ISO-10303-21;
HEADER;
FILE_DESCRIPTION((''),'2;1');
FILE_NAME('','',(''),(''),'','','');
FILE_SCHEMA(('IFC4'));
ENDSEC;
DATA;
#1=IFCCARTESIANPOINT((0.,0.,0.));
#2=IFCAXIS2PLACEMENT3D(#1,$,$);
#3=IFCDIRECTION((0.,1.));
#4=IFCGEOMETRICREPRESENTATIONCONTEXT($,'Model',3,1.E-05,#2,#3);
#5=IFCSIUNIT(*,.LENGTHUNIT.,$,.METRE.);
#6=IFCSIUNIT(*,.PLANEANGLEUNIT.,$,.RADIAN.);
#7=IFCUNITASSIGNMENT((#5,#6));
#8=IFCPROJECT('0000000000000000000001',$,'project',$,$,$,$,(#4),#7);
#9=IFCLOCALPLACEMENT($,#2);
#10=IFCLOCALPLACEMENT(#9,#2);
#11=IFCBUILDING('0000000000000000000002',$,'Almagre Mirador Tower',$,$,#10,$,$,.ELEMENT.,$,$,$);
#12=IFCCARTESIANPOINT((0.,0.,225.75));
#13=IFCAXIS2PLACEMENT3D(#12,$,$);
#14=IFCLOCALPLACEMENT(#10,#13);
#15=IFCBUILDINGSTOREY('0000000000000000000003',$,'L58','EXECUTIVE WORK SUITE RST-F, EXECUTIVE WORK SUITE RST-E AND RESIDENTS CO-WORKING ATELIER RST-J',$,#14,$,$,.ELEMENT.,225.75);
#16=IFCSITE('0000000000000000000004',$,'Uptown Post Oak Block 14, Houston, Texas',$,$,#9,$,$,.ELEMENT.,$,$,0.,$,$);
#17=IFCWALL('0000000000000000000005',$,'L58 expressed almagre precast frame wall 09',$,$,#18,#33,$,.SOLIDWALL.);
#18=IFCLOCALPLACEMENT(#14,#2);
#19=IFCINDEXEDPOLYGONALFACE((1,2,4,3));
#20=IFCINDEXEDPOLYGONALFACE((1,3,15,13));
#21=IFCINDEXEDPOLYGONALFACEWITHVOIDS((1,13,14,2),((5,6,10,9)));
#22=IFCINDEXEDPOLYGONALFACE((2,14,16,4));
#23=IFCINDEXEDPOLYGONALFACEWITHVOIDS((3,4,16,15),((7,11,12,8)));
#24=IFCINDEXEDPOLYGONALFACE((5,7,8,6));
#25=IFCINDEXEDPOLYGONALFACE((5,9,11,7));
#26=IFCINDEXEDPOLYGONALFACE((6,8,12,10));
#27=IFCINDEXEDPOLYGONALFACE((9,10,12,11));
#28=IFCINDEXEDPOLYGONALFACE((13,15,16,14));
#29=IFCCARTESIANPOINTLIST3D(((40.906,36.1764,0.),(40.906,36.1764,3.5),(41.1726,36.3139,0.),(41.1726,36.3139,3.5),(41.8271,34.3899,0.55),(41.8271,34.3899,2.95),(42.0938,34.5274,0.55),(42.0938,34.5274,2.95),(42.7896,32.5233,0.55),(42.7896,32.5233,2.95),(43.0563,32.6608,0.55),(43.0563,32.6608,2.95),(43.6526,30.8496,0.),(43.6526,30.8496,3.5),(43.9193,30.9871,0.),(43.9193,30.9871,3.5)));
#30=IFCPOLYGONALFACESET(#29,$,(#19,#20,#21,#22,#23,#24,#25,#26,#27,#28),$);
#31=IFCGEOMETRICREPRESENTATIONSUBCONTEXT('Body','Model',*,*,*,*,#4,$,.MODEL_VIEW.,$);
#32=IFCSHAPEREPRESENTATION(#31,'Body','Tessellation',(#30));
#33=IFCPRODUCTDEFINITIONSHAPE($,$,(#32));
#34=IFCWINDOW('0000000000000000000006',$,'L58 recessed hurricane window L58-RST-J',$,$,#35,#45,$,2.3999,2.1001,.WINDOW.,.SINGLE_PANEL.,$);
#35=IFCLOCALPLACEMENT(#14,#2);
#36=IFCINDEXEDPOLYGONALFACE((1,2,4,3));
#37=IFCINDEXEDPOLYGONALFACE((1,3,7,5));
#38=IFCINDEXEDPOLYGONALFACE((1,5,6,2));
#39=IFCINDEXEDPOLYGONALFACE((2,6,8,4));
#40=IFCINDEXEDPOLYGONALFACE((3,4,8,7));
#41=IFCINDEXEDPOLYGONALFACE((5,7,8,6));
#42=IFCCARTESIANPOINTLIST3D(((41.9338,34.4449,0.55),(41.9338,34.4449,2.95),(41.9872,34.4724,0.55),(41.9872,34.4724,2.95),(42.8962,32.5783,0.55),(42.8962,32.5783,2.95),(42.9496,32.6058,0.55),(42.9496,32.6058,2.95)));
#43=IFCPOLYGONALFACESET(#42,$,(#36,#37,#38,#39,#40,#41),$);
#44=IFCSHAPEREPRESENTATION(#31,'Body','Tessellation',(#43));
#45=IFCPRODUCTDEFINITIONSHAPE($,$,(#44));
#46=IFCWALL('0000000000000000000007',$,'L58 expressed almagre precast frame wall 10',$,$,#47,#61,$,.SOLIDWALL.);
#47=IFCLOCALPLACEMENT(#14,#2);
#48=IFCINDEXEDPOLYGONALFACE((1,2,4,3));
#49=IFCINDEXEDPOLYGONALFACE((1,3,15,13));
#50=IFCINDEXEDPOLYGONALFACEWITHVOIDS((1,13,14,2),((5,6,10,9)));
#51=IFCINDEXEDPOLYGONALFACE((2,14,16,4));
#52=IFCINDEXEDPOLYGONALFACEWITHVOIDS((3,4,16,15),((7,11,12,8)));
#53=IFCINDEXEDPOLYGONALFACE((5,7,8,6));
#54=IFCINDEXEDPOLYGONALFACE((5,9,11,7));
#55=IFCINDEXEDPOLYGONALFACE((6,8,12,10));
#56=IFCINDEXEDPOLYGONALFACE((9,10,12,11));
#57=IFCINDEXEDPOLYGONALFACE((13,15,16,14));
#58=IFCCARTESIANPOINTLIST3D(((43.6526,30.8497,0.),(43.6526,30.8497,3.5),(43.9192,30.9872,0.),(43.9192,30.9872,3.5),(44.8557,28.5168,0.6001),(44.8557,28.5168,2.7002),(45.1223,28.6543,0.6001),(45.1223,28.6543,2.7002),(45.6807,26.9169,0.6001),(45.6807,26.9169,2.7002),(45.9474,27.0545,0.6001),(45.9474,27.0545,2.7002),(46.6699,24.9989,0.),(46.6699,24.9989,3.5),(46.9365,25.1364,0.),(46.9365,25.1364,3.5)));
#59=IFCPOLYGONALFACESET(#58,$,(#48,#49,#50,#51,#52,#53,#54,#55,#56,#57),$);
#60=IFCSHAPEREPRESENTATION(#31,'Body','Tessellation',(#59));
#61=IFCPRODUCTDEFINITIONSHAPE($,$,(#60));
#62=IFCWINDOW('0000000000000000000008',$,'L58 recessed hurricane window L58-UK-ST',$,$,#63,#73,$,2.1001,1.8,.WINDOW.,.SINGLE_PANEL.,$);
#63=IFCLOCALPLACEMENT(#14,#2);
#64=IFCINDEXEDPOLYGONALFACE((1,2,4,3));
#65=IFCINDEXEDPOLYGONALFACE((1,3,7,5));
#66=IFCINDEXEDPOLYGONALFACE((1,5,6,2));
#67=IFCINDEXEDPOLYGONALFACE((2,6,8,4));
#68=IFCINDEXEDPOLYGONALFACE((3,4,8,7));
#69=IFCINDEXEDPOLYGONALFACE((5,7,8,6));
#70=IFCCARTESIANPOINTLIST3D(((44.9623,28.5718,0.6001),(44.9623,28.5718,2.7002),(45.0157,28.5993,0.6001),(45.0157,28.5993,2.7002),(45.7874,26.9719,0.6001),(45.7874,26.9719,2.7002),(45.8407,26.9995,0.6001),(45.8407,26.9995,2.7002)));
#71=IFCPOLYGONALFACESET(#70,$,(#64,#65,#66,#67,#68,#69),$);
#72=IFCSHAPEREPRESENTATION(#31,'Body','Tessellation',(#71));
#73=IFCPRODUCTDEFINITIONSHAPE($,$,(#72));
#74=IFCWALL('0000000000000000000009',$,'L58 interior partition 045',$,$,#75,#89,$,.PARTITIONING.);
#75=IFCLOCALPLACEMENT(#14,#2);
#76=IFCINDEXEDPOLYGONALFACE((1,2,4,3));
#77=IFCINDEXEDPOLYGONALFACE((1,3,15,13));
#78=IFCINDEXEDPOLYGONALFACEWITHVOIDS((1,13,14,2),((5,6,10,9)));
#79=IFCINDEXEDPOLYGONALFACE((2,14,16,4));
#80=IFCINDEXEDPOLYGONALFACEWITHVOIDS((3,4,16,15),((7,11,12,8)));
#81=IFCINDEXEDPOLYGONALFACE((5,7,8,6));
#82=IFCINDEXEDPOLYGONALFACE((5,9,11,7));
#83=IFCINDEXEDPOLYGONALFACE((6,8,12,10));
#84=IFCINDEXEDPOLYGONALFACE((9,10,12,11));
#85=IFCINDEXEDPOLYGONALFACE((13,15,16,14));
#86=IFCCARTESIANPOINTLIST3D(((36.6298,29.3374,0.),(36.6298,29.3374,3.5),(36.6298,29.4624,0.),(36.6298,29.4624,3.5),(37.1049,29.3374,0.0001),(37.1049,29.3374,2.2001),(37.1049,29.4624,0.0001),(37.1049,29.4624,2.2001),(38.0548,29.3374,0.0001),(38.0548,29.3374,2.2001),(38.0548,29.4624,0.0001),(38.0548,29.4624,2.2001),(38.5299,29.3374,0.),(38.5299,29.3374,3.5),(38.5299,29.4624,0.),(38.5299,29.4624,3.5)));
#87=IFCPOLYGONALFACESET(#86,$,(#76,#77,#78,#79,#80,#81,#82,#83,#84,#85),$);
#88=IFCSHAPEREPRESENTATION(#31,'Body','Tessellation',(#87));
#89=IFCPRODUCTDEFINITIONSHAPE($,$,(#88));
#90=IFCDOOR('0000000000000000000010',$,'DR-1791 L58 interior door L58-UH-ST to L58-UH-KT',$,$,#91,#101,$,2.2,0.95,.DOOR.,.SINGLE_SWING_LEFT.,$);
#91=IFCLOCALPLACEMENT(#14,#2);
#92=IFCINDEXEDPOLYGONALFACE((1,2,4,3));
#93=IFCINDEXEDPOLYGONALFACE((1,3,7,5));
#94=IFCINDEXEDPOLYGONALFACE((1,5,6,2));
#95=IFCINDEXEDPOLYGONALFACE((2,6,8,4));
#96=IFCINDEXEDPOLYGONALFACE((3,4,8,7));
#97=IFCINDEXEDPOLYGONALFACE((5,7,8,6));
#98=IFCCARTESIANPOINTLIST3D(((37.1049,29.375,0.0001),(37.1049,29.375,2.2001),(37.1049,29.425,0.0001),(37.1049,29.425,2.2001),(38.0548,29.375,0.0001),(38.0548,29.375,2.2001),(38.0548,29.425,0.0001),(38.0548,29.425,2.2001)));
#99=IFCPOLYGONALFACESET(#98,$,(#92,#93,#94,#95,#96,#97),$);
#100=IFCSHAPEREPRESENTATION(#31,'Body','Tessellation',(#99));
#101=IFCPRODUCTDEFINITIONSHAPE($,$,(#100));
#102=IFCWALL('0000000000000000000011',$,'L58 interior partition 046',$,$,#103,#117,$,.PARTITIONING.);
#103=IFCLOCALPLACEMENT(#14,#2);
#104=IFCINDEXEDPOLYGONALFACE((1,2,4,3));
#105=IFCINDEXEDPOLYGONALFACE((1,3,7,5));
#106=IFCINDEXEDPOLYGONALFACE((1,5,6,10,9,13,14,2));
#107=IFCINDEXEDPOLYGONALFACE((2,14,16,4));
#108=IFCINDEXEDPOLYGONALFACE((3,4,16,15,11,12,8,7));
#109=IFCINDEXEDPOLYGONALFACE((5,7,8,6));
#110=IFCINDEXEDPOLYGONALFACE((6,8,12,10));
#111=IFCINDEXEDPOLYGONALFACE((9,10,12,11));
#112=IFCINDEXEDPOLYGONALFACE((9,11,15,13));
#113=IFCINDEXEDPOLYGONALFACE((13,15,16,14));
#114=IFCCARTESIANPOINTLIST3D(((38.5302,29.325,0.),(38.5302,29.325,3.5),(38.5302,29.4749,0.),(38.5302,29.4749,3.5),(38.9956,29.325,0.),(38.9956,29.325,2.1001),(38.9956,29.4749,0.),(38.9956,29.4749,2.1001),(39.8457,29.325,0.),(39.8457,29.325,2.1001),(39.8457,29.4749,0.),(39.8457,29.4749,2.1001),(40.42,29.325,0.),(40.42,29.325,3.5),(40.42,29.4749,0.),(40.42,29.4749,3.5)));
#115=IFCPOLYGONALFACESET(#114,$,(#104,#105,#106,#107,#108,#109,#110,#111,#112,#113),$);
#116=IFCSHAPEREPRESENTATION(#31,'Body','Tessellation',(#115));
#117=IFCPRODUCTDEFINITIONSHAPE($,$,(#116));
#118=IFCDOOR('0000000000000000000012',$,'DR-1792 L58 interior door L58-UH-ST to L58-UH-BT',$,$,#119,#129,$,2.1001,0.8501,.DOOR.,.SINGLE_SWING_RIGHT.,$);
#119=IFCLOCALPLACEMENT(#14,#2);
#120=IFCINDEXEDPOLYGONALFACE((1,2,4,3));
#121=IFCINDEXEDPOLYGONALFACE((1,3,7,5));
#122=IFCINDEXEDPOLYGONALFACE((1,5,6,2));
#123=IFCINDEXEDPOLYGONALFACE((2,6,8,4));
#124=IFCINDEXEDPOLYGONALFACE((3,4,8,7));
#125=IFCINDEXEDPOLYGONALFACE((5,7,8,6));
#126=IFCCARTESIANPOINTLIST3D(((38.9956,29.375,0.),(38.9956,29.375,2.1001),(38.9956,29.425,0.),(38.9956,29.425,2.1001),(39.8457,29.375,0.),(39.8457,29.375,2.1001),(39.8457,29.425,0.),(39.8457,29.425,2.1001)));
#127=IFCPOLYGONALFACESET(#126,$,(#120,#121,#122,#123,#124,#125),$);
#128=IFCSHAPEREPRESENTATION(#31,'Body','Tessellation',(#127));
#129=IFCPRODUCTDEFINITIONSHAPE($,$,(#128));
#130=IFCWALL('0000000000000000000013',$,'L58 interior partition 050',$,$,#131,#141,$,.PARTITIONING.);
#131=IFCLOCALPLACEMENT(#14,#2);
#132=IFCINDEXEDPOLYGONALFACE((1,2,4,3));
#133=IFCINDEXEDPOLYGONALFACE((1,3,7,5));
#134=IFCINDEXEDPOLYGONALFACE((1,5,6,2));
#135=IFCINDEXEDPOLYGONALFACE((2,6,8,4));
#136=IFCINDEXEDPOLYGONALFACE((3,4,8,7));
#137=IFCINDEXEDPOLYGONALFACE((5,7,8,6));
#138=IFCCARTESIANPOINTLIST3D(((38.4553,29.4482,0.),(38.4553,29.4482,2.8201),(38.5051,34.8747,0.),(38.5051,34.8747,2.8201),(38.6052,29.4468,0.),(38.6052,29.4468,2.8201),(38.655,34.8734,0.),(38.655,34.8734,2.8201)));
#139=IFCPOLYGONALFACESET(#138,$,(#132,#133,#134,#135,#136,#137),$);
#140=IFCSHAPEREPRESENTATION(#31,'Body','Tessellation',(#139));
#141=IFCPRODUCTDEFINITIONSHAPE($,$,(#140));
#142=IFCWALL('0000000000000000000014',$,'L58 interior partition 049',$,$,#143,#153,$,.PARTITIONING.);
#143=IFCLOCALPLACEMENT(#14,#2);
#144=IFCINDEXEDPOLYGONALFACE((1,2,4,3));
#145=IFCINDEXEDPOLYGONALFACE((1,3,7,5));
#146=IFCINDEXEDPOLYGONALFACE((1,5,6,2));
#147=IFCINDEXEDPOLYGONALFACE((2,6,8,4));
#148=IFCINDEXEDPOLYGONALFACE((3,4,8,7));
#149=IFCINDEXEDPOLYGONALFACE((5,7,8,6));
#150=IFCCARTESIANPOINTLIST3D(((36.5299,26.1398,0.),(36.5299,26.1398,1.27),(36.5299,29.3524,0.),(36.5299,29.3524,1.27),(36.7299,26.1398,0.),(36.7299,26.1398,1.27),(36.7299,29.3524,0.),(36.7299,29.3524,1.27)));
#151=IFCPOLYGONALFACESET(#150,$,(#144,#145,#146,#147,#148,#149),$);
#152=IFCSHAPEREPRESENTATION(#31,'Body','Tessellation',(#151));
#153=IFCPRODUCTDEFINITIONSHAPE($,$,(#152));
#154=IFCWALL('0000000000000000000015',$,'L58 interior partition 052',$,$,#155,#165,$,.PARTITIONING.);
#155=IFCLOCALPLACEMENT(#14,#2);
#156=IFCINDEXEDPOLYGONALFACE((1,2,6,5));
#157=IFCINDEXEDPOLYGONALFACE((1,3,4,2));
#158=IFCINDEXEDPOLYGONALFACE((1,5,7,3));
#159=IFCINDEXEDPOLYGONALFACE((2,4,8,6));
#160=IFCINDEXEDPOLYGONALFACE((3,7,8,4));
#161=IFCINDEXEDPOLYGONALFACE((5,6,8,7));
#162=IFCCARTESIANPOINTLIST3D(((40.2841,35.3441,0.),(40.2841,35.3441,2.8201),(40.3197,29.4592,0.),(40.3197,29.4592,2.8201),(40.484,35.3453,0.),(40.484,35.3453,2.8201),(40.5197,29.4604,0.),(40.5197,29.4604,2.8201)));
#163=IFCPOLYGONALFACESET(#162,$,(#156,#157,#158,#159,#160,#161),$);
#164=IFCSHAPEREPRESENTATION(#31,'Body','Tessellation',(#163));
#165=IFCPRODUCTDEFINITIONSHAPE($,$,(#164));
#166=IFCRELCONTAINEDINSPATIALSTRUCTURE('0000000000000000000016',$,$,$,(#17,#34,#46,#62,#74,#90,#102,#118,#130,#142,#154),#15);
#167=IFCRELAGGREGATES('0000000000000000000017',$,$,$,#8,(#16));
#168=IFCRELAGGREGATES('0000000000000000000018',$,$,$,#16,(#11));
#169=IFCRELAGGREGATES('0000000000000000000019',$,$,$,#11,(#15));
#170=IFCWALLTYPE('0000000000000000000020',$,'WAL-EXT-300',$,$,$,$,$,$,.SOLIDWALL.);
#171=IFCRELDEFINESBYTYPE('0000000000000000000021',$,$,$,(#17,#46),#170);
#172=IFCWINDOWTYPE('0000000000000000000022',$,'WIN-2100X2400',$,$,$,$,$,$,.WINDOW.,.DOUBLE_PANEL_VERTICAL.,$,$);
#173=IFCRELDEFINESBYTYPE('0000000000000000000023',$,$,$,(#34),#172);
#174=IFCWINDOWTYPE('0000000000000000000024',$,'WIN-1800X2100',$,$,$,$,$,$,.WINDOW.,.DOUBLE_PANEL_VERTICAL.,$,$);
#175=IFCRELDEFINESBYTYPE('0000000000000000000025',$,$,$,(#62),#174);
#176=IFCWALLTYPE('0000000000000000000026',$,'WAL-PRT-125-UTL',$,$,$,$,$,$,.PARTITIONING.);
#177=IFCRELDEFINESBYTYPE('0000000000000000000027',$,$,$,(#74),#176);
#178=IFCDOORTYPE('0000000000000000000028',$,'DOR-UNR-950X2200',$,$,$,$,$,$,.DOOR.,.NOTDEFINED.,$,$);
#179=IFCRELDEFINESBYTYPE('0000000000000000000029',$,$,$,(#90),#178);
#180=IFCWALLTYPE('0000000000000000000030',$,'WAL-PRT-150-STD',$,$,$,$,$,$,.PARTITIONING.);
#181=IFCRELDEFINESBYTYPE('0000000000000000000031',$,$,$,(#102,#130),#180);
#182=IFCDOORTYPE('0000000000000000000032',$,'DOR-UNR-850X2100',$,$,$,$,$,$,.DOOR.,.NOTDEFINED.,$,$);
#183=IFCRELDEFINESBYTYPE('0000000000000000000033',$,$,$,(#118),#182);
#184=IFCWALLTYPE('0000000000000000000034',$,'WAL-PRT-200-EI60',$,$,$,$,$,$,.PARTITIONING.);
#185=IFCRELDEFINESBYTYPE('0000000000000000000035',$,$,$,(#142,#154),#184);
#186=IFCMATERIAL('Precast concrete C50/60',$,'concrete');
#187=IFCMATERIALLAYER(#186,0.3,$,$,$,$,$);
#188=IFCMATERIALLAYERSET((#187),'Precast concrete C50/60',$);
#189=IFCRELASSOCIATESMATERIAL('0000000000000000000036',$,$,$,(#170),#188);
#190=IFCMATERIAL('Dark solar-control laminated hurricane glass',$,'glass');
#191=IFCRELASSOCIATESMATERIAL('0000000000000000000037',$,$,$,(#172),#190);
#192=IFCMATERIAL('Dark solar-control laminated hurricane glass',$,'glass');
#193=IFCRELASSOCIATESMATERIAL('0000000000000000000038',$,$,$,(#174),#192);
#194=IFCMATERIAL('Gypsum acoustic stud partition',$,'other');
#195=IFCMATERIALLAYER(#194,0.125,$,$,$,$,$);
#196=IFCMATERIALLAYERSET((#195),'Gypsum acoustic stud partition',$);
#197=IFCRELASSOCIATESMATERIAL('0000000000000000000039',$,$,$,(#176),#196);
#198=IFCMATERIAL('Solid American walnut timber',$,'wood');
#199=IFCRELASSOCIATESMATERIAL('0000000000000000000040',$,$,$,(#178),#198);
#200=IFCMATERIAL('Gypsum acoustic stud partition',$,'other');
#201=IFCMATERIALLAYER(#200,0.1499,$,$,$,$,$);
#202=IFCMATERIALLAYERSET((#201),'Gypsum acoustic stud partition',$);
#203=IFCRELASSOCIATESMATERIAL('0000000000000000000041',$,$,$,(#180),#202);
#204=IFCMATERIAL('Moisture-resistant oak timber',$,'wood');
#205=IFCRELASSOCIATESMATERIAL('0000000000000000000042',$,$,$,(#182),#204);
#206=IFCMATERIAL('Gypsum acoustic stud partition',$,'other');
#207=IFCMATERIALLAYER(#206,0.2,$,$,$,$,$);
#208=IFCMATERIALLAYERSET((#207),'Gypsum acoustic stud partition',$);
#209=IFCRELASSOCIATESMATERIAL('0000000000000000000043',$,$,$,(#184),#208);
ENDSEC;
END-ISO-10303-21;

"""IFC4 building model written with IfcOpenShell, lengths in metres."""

from ifc_helpers import new_model, si_unit, direction, frame, frame_2d, origin, place, context, subcontext, project, spatial, rectangle, extrude, material, layer, layer_set, type_object, element, fill, save


model = new_model("IFC4")

# Units and contexts
model_context = context("Model", 3, precision=1e-05, world=origin(), true_north=direction((0.0, 1.0)))
body_context = subcontext(model_context, "Body", "Model", "MODEL_VIEW")
ifc_project = project(units=[si_unit("LENGTHUNIT", "METRE"), si_unit("PLANEANGLEUNIT", "RADIAN")], contexts=[model_context])

# Site, building, storey
site_placement = place(None, origin())
site = spatial("IfcSite", under=ifc_project, at=site_placement, Name="Uptown Post Oak Block 14, Houston, Texas", CompositionType="ELEMENT", RefElevation=0.0)
building_placement = place(site_placement, origin())
building = spatial("IfcBuilding", under=site, at=building_placement, Name="Almagre Mirador Tower", CompositionType="ELEMENT")
storey_placement = place(building_placement, frame((0.0, 0.0, 225.75)))
storey = spatial("IfcBuildingStorey", under=building, at=storey_placement, Name="L58", Description="EXECUTIVE WORK SUITE RST-F, EXECUTIVE WORK SUITE RST-E AND RESIDENTS CO-WORKING ATELIER RST-J", CompositionType="ELEMENT", Elevation=225.75)

# Shared definitions
ifc_material_1 = material(Name="Precast concrete C50/60", Category="concrete")
ifc_layer_1 = layer(ifc_material_1, 0.3)
ifc_layer_set_1 = layer_set([ifc_layer_1], Name="Precast concrete C50/60")
wall_type_1 = type_object("IfcWallType", Name="WAL-EXT-300", PredefinedType="SOLIDWALL", material=ifc_layer_set_1)

# Walls, openings, windows
wall_1_placement = place(storey_placement, frame((41.0393, 36.2451, 0.0), z_axis=(0.0, 0.0, 1.0), x_axis=(0.458292, -0.888802, 0.0)))
wall_1 = element("IfcWall", 1, at=wall_1_placement, inside=storey, type_object=wall_type_1, Name="L58 expressed almagre precast frame wall 09", PredefinedType="SOLIDWALL", context=body_context, shape_type="SweptSolid", body=[
    extrude(rectangle(XDim=5.9932, YDim=0.3, at=frame_2d((2.9966, 0.0))), origin(), (0.0, 0.0, 1.0), 3.5),
])
opening_1_placement = place(wall_1_placement, frame((2.01, 0.0, 0.55)))
opening_1 = element("IfcOpeningElement", 2, at=opening_1_placement, cuts=wall_1, PredefinedType="OPENING", context=body_context, shape_type="SweptSolid", body=[
    extrude(rectangle(XDim=2.1001, YDim=2.3999, at=frame_2d((1.05, 1.2))), frame((0.0, 0.1599, 0.0), z_axis=(0.0, -1.0, 0.0), x_axis=(1.0, 0.0, 0.0)), (0.0, 0.0, 1.0), 0.32),
])
ifc_material_2 = material(Name="Dark solar-control laminated hurricane glass", Category="glass")
window_type_1 = type_object("IfcWindowType", Name="WIN-2100X2400", PartitioningType="DOUBLE_PANEL_VERTICAL", PredefinedType="WINDOW", material=ifc_material_2)
window_1_placement = place(opening_1_placement, origin())
window_1 = element("IfcWindow", 3, at=window_1_placement, inside=storey, type_object=window_type_1, Name="L58 recessed hurricane window L58-RST-J", OverallHeight=2.3999, OverallWidth=2.1001, PartitioningType="SINGLE_PANEL", PredefinedType="WINDOW", context=body_context, shape_type="SweptSolid", body=[
    extrude(rectangle(XDim=2.1001, YDim=2.3999, at=frame_2d((1.05, 1.2))), frame((0.0, 0.03, 0.0), z_axis=(0.0, -1.0, 0.0), x_axis=(1.0, 0.0, 0.0)), (0.0, 0.0, 1.0), 0.0601),
])
fill(opening_1, window_1)
wall_2_placement = place(storey_placement, frame((43.7859, 30.9185, 0.0), z_axis=(0.0, 0.0, 1.0), x_axis=(0.458349, -0.888772, 0.0)))
wall_2 = element("IfcWall", 4, at=wall_2_placement, inside=storey, type_object=wall_type_1, Name="L58 expressed almagre precast frame wall 10", PredefinedType="SOLIDWALL", context=body_context, shape_type="SweptSolid", body=[
    extrude(rectangle(XDim=6.583, YDim=0.3, at=frame_2d((3.2915, 0.0))), origin(), (0.0, 0.0, 1.0), 3.5),
])
opening_2_placement = place(wall_2_placement, frame((2.625, 0.0, 0.6001)))
opening_2 = element("IfcOpeningElement", 5, at=opening_2_placement, cuts=wall_2, PredefinedType="OPENING", context=body_context, shape_type="SweptSolid", body=[
    extrude(rectangle(XDim=1.8, YDim=2.1001, at=frame_2d((0.8999, 1.05))), frame((0.0, 0.1599, 0.0), z_axis=(0.0, -1.0, 0.0), x_axis=(1.0, 0.0, 0.0)), (0.0, 0.0, 1.0), 0.32),
])
ifc_material_3 = material(Name="Dark solar-control laminated hurricane glass", Category="glass")
window_type_2 = type_object("IfcWindowType", Name="WIN-1800X2100", PartitioningType="DOUBLE_PANEL_VERTICAL", PredefinedType="WINDOW", material=ifc_material_3)
window_2_placement = place(opening_2_placement, origin())
window_2 = element("IfcWindow", 6, at=window_2_placement, inside=storey, type_object=window_type_2, Name="L58 recessed hurricane window L58-UK-ST", OverallHeight=2.1001, OverallWidth=1.8, PartitioningType="SINGLE_PANEL", PredefinedType="WINDOW", context=body_context, shape_type="SweptSolid", body=[
    extrude(rectangle(XDim=1.8, YDim=2.1001, at=frame_2d((0.8999, 1.05))), frame((0.0, 0.03, 0.0), z_axis=(0.0, -1.0, 0.0), x_axis=(1.0, 0.0, 0.0)), (0.0, 0.0, 1.0), 0.0601),
])
fill(opening_2, window_2)

# Walls, openings, doors
ifc_material_4 = material(Name="Gypsum acoustic stud partition", Category="other")
ifc_layer_2 = layer(ifc_material_4, 0.125)
ifc_layer_set_2 = layer_set([ifc_layer_2], Name="Gypsum acoustic stud partition")
wall_type_2 = type_object("IfcWallType", Name="WAL-PRT-125-UTL", PredefinedType="PARTITIONING", material=ifc_layer_set_2)
wall_3_placement = place(storey_placement, frame((38.53, 29.3999, 0.0), z_axis=(0.0, 0.0, 1.0), x_axis=(-1.0, 0.0, 0.0)))
wall_3 = element("IfcWall", 7, at=wall_3_placement, inside=storey, type_object=wall_type_2, Name="L58 interior partition 045", PredefinedType="PARTITIONING", context=body_context, shape_type="SweptSolid", body=[
    extrude(rectangle(XDim=1.9001, YDim=0.125, at=frame_2d((0.9502, 0.0))), origin(), (0.0, 0.0, 1.0), 3.5),
])
opening_3_placement = place(wall_3_placement, frame((0.4751, 0.0, 0.0)))
opening_3 = element("IfcOpeningElement", 8, at=opening_3_placement, cuts=wall_3, PredefinedType="OPENING", context=body_context, shape_type="SweptSolid", body=[
    extrude(rectangle(XDim=0.95, YDim=2.2, at=frame_2d((0.4751, 1.1001))), frame((0.0, 0.0725, 0.0), z_axis=(0.0, -1.0, 0.0), x_axis=(1.0, 0.0, 0.0)), (0.0, 0.0, 1.0), 0.145),
])
ifc_material_5 = material(Name="Solid American walnut timber", Category="wood")
door_type_1 = type_object("IfcDoorType", Name="DOR-UNR-950X2200", OperationType="NOTDEFINED", PredefinedType="DOOR", material=ifc_material_5)
door_1_placement = place(opening_3_placement, origin())
door_1 = element("IfcDoor", 9, at=door_1_placement, inside=storey, type_object=door_type_1, Name="DR-1791 L58 interior door L58-UH-ST to L58-UH-KT", OperationType="SINGLE_SWING_LEFT", OverallHeight=2.2, OverallWidth=0.95, PredefinedType="DOOR", context=body_context, shape_type="SweptSolid", body=[
    extrude(rectangle(XDim=0.95, YDim=2.2, at=frame_2d((0.4751, 1.1001))), frame((0.0, 0.0249, 0.0), z_axis=(0.0, -1.0, 0.0), x_axis=(1.0, 0.0, 0.0)), (0.0, 0.0, 1.0), 0.05),
])
fill(opening_3, door_1)
ifc_material_6 = material(Name="Gypsum acoustic stud partition", Category="other")
ifc_layer_3 = layer(ifc_material_6, 0.1499)
ifc_layer_set_3 = layer_set([ifc_layer_3], Name="Gypsum acoustic stud partition")
wall_type_3 = type_object("IfcWallType", Name="WAL-PRT-150-STD", PredefinedType="PARTITIONING", material=ifc_layer_set_3)
wall_4_placement = place(storey_placement, frame((40.4199, 29.3999, 0.0), z_axis=(0.0, 0.0, 1.0), x_axis=(-1.0, 0.0, 0.0)))
wall_4 = element("IfcWall", 10, at=wall_4_placement, inside=storey, type_object=wall_type_3, Name="L58 interior partition 046", PredefinedType="PARTITIONING", context=body_context, shape_type="SweptSolid", body=[
    extrude(rectangle(XDim=1.8899, YDim=0.1499, at=frame_2d((0.9448, 0.0))), origin(), (0.0, 0.0, 1.0), 3.5),
])
opening_4_placement = place(wall_4_placement, frame((0.5742, 0.0, 0.0)))
opening_4 = element("IfcOpeningElement", 11, at=opening_4_placement, cuts=wall_4, PredefinedType="OPENING", context=body_context, shape_type="SweptSolid", body=[
    extrude(rectangle(XDim=0.8501, YDim=2.1001, at=frame_2d((0.425, 1.05))), frame((0.0, 0.085, 0.0), z_axis=(0.0, -1.0, 0.0), x_axis=(1.0, 0.0, 0.0)), (0.0, 0.0, 1.0), 0.1699),
])
ifc_material_7 = material(Name="Moisture-resistant oak timber", Category="wood")
door_type_2 = type_object("IfcDoorType", Name="DOR-UNR-850X2100", OperationType="NOTDEFINED", PredefinedType="DOOR", material=ifc_material_7)
door_2_placement = place(opening_4_placement, origin())
door_2 = element("IfcDoor", 12, at=door_2_placement, inside=storey, type_object=door_type_2, Name="DR-1792 L58 interior door L58-UH-ST to L58-UH-BT", OperationType="SINGLE_SWING_RIGHT", OverallHeight=2.1001, OverallWidth=0.8501, PredefinedType="DOOR", context=body_context, shape_type="SweptSolid", body=[
    extrude(rectangle(XDim=0.8501, YDim=2.1001, at=frame_2d((0.425, 1.05))), frame((0.0, 0.0249, 0.0), z_axis=(0.0, -1.0, 0.0), x_axis=(1.0, 0.0, 0.0)), (0.0, 0.0, 1.0), 0.05),
])
fill(opening_4, door_2)

# Walls
wall_5_placement = place(storey_placement, frame((38.5303, 29.4475, 0.0), z_axis=(0.0, 0.0, 1.0), x_axis=(0.009178, 0.999958, 0.0)))
element("IfcWall", 13, at=wall_5_placement, inside=storey, type_object=wall_type_3, Name="L58 interior partition 050", PredefinedType="PARTITIONING", context=body_context, shape_type="SweptSolid", body=[
    extrude(rectangle(XDim=5.4268, YDim=0.1499, at=frame_2d((2.7134, 0.0))), origin(), (0.0, 0.0, 1.0), 2.8201),
])
ifc_material_8 = material(Name="Gypsum acoustic stud partition", Category="other")
ifc_layer_4 = layer(ifc_material_8, 0.2)
ifc_layer_set_4 = layer_set([ifc_layer_4], Name="Gypsum acoustic stud partition")
wall_type_4 = type_object("IfcWallType", Name="WAL-PRT-200-EI60", PredefinedType="PARTITIONING", material=ifc_layer_set_4)
wall_6_placement = place(storey_placement, frame((36.6299, 29.3525, 0.0), z_axis=(0.0, 0.0, 1.0), x_axis=(0.0, -1.0, 0.0)))
element("IfcWall", 14, at=wall_6_placement, inside=storey, type_object=wall_type_4, Name="L58 interior partition 049", PredefinedType="PARTITIONING", context=body_context, shape_type="SweptSolid", body=[
    extrude(rectangle(XDim=3.2126, YDim=0.2, at=frame_2d((1.6064, 0.0))), origin(), (0.0, 0.0, 1.0), 1.27),
])
wall_7_placement = place(storey_placement, frame((40.4197, 29.46, 0.0), z_axis=(0.0, 0.0, 1.0), x_axis=(-0.006057, 0.999982, 0.0)))
element("IfcWall", 15, at=wall_7_placement, inside=storey, type_object=wall_type_4, Name="L58 interior partition 052", PredefinedType="PARTITIONING", context=body_context, shape_type="SweptSolid", body=[
    extrude(rectangle(XDim=5.885, YDim=0.2, at=frame_2d((2.9424, 0.0))), origin(), (0.0, 0.0, 1.0), 2.8201),
])

save(model, "model.ifc")
